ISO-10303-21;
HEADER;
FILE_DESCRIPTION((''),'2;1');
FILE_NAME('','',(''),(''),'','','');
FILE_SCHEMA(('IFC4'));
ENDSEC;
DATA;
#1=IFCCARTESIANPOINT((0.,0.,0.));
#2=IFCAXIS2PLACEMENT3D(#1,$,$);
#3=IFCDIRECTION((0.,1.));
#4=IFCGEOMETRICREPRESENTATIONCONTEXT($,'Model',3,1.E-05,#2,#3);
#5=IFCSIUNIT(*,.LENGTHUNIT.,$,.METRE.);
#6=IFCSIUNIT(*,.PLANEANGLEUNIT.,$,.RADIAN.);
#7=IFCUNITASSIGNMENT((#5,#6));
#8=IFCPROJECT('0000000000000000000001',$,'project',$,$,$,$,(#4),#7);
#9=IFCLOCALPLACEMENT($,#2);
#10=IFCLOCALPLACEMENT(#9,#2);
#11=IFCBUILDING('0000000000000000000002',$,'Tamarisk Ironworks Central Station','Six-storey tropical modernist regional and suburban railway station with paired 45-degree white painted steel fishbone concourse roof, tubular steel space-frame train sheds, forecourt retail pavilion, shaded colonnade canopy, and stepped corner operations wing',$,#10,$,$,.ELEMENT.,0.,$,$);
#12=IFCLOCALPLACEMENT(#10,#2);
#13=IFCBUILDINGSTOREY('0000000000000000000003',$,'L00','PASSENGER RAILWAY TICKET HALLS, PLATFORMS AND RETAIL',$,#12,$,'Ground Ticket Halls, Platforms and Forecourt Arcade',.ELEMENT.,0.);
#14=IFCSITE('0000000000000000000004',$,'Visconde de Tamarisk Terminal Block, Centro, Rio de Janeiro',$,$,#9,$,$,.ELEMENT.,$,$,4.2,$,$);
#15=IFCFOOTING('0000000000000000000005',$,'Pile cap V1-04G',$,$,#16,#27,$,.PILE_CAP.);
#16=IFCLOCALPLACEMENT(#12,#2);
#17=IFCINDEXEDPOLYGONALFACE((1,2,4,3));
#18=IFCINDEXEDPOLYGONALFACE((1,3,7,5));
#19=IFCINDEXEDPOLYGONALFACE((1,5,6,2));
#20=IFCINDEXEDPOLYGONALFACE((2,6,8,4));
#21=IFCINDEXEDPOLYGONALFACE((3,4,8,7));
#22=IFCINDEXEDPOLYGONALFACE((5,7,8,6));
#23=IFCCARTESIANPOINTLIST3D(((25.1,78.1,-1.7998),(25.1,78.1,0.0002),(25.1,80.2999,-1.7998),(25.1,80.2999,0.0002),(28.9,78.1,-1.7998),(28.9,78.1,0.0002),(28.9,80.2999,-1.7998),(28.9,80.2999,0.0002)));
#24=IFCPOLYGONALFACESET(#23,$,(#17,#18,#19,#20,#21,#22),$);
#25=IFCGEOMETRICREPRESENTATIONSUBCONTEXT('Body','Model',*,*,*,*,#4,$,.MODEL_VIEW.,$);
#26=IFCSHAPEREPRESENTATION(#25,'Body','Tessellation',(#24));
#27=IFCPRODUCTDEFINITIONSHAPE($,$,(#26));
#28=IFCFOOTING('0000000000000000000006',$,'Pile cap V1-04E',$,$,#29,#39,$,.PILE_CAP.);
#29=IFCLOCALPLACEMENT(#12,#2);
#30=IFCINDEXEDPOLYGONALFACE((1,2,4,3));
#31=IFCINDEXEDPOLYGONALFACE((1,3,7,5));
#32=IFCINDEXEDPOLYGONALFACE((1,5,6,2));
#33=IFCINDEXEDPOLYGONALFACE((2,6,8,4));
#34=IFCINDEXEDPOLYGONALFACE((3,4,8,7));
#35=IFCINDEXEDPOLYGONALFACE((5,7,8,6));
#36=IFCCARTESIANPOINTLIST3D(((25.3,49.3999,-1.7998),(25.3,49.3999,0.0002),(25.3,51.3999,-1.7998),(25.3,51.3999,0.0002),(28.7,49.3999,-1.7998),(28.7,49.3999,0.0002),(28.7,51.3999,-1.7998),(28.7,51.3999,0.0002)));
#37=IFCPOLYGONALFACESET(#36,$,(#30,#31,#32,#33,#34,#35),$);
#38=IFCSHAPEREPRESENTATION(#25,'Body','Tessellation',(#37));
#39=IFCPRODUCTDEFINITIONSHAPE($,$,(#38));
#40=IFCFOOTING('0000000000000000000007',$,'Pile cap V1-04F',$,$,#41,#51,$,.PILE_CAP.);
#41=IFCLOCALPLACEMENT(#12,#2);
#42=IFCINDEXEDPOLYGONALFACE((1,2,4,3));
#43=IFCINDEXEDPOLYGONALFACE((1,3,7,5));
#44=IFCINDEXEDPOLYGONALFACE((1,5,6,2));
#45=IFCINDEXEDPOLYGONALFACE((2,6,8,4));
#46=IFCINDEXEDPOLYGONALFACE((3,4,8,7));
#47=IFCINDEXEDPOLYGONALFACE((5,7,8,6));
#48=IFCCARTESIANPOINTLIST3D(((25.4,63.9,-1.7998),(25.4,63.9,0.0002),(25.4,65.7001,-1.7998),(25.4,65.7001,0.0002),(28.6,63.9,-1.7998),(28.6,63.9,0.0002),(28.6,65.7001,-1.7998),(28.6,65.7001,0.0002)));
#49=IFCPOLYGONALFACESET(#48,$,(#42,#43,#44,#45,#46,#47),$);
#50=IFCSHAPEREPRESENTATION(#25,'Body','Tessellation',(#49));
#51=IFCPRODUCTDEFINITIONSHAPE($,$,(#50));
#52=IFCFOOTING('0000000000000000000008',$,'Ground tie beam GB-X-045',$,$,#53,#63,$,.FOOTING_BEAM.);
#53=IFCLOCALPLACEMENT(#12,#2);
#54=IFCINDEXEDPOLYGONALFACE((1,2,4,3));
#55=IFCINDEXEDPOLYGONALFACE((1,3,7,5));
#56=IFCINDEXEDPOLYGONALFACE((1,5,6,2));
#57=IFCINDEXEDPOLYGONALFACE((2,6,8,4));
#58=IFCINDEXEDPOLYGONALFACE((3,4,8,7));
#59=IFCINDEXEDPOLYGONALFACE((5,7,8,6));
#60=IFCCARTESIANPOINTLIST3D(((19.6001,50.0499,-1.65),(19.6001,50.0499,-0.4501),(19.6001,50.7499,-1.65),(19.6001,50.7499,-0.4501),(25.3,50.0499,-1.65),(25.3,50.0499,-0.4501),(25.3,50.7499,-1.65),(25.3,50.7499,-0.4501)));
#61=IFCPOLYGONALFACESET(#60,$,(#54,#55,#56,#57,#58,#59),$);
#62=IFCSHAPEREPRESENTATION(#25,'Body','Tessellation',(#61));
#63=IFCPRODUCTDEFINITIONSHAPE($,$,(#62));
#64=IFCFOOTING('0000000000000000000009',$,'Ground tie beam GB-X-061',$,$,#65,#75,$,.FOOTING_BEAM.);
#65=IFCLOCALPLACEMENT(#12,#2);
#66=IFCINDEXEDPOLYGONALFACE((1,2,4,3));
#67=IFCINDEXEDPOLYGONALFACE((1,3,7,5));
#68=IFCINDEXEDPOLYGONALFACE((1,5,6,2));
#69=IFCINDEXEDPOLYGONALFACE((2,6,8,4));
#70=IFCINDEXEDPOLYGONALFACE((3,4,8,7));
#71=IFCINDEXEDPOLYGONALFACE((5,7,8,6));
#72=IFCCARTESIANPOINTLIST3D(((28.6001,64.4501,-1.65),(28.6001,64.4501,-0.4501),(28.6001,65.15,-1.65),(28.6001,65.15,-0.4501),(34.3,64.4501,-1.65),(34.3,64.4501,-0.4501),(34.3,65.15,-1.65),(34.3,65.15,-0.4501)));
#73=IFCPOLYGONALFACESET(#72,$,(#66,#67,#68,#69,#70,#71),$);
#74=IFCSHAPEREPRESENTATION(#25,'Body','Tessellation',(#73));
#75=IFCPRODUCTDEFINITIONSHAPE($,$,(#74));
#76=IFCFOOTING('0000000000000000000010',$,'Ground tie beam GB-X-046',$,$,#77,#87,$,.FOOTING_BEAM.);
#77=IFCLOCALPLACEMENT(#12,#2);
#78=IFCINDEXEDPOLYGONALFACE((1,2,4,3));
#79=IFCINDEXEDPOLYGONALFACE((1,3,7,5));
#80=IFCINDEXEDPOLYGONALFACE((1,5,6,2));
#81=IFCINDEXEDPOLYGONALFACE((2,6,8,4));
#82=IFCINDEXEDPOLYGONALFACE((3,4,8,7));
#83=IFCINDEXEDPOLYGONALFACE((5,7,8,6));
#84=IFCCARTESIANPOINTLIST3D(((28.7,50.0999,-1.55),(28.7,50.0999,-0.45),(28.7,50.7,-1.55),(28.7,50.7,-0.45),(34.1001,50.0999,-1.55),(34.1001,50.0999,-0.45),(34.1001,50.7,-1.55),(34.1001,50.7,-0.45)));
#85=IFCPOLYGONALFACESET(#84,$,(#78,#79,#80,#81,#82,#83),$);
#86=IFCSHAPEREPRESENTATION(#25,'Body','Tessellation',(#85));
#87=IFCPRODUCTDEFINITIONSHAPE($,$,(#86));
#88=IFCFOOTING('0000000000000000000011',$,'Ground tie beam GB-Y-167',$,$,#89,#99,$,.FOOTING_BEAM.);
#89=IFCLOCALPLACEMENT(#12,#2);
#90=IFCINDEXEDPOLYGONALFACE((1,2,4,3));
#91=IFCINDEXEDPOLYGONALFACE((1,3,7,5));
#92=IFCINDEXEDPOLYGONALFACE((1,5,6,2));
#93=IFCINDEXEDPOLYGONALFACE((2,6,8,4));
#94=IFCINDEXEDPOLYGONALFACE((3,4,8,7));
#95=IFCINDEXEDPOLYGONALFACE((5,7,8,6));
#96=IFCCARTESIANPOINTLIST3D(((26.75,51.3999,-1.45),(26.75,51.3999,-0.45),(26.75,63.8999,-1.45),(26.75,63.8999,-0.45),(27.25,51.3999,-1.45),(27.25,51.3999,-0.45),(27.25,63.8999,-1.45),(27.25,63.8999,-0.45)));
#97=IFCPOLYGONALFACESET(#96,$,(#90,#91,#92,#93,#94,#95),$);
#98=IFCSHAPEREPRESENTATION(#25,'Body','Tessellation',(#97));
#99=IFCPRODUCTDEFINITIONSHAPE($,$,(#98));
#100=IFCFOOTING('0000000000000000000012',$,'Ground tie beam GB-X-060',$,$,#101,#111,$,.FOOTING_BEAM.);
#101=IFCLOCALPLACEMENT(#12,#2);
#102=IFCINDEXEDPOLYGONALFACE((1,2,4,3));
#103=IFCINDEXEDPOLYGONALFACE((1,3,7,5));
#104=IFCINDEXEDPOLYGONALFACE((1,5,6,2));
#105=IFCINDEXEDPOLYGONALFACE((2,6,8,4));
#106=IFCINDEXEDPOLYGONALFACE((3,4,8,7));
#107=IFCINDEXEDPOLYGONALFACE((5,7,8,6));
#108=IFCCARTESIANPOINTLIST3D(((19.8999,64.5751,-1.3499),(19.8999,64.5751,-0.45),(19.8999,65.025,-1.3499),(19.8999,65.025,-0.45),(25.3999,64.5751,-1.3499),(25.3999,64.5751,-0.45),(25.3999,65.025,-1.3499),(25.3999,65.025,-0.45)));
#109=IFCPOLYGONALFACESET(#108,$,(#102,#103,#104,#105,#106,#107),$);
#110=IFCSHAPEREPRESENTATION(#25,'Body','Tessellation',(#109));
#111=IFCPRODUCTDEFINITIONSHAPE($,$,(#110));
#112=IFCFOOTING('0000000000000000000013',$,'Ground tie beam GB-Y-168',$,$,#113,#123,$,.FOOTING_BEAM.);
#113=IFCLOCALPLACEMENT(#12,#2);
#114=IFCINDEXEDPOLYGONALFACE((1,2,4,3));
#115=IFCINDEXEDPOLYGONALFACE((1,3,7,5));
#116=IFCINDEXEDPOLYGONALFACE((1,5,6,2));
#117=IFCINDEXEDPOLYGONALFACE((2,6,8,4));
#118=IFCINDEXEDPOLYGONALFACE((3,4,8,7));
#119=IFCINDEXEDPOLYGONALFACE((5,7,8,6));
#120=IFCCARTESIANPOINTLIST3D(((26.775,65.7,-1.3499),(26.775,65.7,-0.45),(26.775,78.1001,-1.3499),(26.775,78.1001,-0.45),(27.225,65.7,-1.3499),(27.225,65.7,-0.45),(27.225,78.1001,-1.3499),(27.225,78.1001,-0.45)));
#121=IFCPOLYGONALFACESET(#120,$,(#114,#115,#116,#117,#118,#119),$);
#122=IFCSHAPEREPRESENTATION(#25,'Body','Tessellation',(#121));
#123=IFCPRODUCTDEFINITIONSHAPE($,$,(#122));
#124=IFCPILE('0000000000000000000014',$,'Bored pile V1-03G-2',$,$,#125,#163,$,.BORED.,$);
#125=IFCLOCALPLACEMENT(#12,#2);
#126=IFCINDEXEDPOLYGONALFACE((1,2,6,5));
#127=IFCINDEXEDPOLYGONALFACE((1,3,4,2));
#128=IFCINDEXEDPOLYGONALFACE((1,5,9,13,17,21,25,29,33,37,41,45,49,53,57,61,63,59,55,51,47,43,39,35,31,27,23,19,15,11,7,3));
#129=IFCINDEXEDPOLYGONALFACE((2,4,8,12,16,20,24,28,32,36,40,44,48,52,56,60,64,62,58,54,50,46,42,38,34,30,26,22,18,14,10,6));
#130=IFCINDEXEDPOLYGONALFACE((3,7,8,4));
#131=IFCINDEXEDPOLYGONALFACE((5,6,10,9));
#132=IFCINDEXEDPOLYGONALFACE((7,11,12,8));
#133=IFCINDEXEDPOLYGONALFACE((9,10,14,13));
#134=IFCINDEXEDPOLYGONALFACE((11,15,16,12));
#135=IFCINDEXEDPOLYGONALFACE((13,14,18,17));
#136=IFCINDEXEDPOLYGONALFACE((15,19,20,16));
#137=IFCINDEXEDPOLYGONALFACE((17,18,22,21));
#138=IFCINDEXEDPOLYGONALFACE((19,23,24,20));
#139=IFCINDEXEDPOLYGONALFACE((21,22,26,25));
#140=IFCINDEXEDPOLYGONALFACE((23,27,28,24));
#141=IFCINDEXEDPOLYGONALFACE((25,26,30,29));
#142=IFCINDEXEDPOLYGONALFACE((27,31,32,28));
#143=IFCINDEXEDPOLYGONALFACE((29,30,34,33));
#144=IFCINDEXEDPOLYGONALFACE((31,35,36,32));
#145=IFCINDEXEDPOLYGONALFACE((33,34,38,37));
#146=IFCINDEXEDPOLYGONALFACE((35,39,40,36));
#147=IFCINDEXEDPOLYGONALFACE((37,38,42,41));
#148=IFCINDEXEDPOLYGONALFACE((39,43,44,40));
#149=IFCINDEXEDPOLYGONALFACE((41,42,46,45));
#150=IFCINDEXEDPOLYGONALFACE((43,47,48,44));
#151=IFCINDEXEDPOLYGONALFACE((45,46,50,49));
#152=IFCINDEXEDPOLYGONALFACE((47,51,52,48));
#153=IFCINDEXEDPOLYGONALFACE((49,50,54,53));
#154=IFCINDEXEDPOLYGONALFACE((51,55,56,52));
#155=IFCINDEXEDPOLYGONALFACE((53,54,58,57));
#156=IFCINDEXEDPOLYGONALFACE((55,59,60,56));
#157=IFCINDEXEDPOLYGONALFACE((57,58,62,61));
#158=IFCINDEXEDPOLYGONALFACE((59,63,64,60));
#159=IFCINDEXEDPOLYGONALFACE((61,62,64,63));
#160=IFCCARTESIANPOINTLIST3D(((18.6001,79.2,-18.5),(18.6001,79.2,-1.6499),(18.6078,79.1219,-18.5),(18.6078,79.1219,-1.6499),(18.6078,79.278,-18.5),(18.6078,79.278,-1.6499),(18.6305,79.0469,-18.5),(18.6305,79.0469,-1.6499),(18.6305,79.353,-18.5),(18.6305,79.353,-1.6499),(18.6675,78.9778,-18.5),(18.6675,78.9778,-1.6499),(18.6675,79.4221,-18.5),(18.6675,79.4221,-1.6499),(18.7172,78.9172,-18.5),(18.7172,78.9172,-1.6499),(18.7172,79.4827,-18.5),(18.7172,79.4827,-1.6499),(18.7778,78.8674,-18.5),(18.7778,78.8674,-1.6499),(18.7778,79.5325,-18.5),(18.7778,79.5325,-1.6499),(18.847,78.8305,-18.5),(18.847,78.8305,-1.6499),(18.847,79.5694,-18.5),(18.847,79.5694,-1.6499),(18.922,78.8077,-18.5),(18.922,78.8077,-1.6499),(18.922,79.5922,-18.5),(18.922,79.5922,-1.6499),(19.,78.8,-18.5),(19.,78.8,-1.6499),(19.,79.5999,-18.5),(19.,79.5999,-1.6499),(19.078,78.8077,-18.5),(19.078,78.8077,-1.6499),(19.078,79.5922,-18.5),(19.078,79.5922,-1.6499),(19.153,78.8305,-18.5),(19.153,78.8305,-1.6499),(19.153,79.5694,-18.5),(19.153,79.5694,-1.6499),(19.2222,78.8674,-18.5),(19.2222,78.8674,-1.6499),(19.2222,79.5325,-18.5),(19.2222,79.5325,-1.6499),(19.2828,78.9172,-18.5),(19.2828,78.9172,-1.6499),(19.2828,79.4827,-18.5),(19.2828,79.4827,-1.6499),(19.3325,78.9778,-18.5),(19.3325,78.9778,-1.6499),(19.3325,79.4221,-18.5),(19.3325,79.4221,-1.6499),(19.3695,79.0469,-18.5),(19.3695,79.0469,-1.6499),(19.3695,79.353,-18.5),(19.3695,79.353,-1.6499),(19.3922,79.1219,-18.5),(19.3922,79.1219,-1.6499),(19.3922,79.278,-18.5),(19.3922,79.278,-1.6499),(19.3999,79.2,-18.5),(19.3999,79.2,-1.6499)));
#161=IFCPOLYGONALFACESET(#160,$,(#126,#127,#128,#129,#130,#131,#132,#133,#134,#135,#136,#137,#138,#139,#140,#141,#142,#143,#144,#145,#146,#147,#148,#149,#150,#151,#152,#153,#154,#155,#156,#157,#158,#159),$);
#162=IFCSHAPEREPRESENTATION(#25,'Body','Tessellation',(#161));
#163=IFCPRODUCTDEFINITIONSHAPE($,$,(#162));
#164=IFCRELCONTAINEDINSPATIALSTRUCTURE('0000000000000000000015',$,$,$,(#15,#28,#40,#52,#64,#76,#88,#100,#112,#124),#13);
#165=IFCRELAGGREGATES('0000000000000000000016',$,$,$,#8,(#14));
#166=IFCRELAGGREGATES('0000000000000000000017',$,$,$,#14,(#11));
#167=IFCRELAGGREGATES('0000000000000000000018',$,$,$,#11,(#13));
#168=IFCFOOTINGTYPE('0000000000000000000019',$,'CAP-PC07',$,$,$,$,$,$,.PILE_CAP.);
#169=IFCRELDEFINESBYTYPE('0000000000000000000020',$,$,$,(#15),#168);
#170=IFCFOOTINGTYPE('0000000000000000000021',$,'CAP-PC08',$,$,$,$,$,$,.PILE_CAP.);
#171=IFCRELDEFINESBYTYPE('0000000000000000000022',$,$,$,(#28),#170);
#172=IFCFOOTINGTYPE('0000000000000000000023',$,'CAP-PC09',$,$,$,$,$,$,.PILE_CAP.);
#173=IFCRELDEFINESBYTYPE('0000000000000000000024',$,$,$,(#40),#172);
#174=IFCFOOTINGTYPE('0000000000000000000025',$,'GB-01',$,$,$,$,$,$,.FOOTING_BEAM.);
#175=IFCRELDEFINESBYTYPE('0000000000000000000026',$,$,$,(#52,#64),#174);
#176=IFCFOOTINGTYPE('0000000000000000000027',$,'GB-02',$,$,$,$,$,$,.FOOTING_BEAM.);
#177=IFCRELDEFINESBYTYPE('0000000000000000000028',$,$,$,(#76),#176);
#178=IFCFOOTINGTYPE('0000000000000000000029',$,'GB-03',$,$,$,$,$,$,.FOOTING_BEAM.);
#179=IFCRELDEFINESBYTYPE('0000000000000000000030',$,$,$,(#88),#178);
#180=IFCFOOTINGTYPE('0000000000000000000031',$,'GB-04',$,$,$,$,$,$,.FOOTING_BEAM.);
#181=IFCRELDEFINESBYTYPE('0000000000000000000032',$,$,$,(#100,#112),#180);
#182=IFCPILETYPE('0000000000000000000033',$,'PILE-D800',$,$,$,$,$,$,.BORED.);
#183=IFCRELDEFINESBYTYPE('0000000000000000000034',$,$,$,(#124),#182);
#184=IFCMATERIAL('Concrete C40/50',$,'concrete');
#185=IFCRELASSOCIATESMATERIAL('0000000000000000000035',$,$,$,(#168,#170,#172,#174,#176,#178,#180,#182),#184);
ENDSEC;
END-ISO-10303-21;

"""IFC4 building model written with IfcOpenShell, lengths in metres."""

from ifc_helpers import new_model, si_unit, direction, frame, origin, origin_2d, place, context, subcontext, project, spatial, rectangle, circle, extrude, material, material_profile, profile_set, type_object, element, save


model = new_model("IFC4")

# Units and contexts
model_context = context("Model", 3, precision=1e-05, world=origin(), true_north=direction((0.0, 1.0)))
body_context = subcontext(model_context, "Body", "Model", "MODEL_VIEW")
ifc_project = project(units=[si_unit("LENGTHUNIT", "METRE"), si_unit("PLANEANGLEUNIT", "RADIAN")], contexts=[model_context])

# Site, building, storey
site_placement = place(None, origin())
site = spatial("IfcSite", under=ifc_project, at=site_placement, Name="Visconde de Tamarisk Terminal Block, Centro, Rio de Janeiro", CompositionType="ELEMENT", RefElevation=4.2)
building_placement = place(site_placement, origin())
building = spatial("IfcBuilding", under=site, at=building_placement, Name="Tamarisk Ironworks Central Station", Description="Six-storey tropical modernist regional and suburban railway station with paired 45-degree white painted steel fishbone concourse roof, tubular steel space-frame train sheds, forecourt retail pavilion, shaded colonnade canopy, and stepped corner operations wing", CompositionType="ELEMENT", ElevationOfRefHeight=0.0)
storey_placement = place(building_placement, origin())
storey = spatial("IfcBuildingStorey", under=building, at=storey_placement, Name="L00", Description="PASSENGER RAILWAY TICKET HALLS, PLATFORMS AND RETAIL", LongName="Ground Ticket Halls, Platforms and Forecourt Arcade", CompositionType="ELEMENT", Elevation=0.0)

# Footings
ifc_material_1 = material(Name="Concrete C40/50", Category="concrete")
footing_type_1 = type_object("IfcFootingType", Name="CAP-PC07", PredefinedType="PILE_CAP", material=ifc_material_1)
footing_1_placement = place(storey_placement, frame((27.0, 79.2, -1.7998), z_axis=(0.0, 0.0, 1.0), x_axis=(1.0, 0.0, 0.0)))
element("IfcFooting", 1, at=footing_1_placement, inside=storey, type_object=footing_type_1, Name="Pile cap V1-04G", PredefinedType="PILE_CAP", context=body_context, shape_type="SweptSolid", body=[
    extrude(rectangle(XDim=3.8, YDim=2.2, at=origin_2d()), origin(), (0.0, 0.0, 1.0), 1.8),
])
footing_type_2 = type_object("IfcFootingType", Name="CAP-PC08", PredefinedType="PILE_CAP", material=ifc_material_1)
footing_2_placement = place(storey_placement, frame((27.0, 50.3999, -1.7998), z_axis=(0.0, 0.0, 1.0), x_axis=(1.0, 0.0, 0.0)))
element("IfcFooting", 2, at=footing_2_placement, inside=storey, type_object=footing_type_2, Name="Pile cap V1-04E", PredefinedType="PILE_CAP", context=body_context, shape_type="SweptSolid", body=[
    extrude(rectangle(XDim=3.3999, YDim=2.0, at=origin_2d()), origin(), (0.0, 0.0, 1.0), 1.8),
])
footing_type_3 = type_object("IfcFootingType", Name="CAP-PC09", PredefinedType="PILE_CAP", material=ifc_material_1)
footing_3_placement = place(storey_placement, frame((27.0, 64.8, -1.7998), z_axis=(0.0, 0.0, 1.0), x_axis=(1.0, 0.0, 0.0)))
element("IfcFooting", 3, at=footing_3_placement, inside=storey, type_object=footing_type_3, Name="Pile cap V1-04F", PredefinedType="PILE_CAP", context=body_context, shape_type="SweptSolid", body=[
    extrude(rectangle(XDim=3.2, YDim=1.8, at=origin_2d()), origin(), (0.0, 0.0, 1.0), 1.8),
])
ifc_material_profile_1 = material_profile(ifc_material_1, rectangle(XDim=0.7, YDim=1.2, at=origin_2d()), Name="GB01 700x1200")
ifc_profile_set_1 = profile_set([ifc_material_profile_1], Name="Concrete C40/50")
footing_type_4 = type_object("IfcFootingType", Name="GB-01", PredefinedType="FOOTING_BEAM", material=ifc_profile_set_1)
for number, where, z_axis, x_axis, name in (
    (4, (19.6001, 50.3999, -1.05), (1.0, 0.0, 0.0), (0.0, 1.0, 0.0), "Ground tie beam GB-X-045"),
    (5, (28.6001, 64.8, -1.05), (1.0, 0.0, 0.0), (0.0, 1.0, 0.0), "Ground tie beam GB-X-061"),
):
    element("IfcFooting", number, at=place(storey_placement, frame(where, z_axis=z_axis, x_axis=x_axis)), inside=storey, type_object=footing_type_4, Name=name, PredefinedType="FOOTING_BEAM", context=body_context, shape_type="SweptSolid", body=[
        extrude(rectangle(XDim=0.7, YDim=1.2, at=origin_2d()), origin(), (0.0, 0.0, 1.0), 5.7),
    ])
ifc_material_profile_2 = material_profile(ifc_material_1, rectangle(XDim=0.6001, YDim=1.1001, at=origin_2d()), Name="GB02 600x1100")
ifc_profile_set_2 = profile_set([ifc_material_profile_2], Name="Concrete C40/50")
footing_type_5 = type_object("IfcFootingType", Name="GB-02", PredefinedType="FOOTING_BEAM", material=ifc_profile_set_2)
footing_4_placement = place(storey_placement, frame((28.7, 50.3999, -1.0), z_axis=(1.0, 0.0, 0.0), x_axis=(0.0, 1.0, 0.0)))
element("IfcFooting", 6, at=footing_4_placement, inside=storey, type_object=footing_type_5, Name="Ground tie beam GB-X-046", PredefinedType="FOOTING_BEAM", context=body_context, shape_type="SweptSolid", body=[
    extrude(rectangle(XDim=0.6001, YDim=1.1001, at=origin_2d()), origin(), (0.0, 0.0, 1.0), 5.4001),
])
ifc_material_profile_3 = material_profile(ifc_material_1, rectangle(XDim=0.5, YDim=1.0, at=origin_2d()), Name="GB03 500x1000")
ifc_profile_set_3 = profile_set([ifc_material_profile_3], Name="Concrete C40/50")
footing_type_6 = type_object("IfcFootingType", Name="GB-03", PredefinedType="FOOTING_BEAM", material=ifc_profile_set_3)
footing_5_placement = place(storey_placement, frame((27.0, 51.3999, -0.95), z_axis=(0.0, 1.0, 0.0), x_axis=(-1.0, 0.0, 0.0)))
element("IfcFooting", 7, at=footing_5_placement, inside=storey, type_object=footing_type_6, Name="Ground tie beam GB-Y-167", PredefinedType="FOOTING_BEAM", context=body_context, shape_type="SweptSolid", body=[
    extrude(rectangle(XDim=0.5, YDim=1.0, at=origin_2d()), origin(), (0.0, 0.0, 1.0), 12.5),
])
ifc_material_profile_4 = material_profile(ifc_material_1, rectangle(XDim=0.45, YDim=0.8999, at=origin_2d()), Name="GB04 450x900")
ifc_profile_set_4 = profile_set([ifc_material_profile_4], Name="Concrete C40/50")
footing_type_7 = type_object("IfcFootingType", Name="GB-04", PredefinedType="FOOTING_BEAM", material=ifc_profile_set_4)
footing_6_placement = place(storey_placement, frame((19.8999, 64.8, -0.8999), z_axis=(1.0, 0.0, 0.0), x_axis=(0.0, 1.0, 0.0)))
element("IfcFooting", 8, at=footing_6_placement, inside=storey, type_object=footing_type_7, Name="Ground tie beam GB-X-060", PredefinedType="FOOTING_BEAM", context=body_context, shape_type="SweptSolid", body=[
    extrude(rectangle(XDim=0.45, YDim=0.8999, at=origin_2d()), origin(), (0.0, 0.0, 1.0), 5.5),
])
footing_7_placement = place(storey_placement, frame((27.0, 65.7, -0.8999), z_axis=(0.0, 1.0, 0.0), x_axis=(-1.0, 0.0, 0.0)))
element("IfcFooting", 9, at=footing_7_placement, inside=storey, type_object=footing_type_7, Name="Ground tie beam GB-Y-168", PredefinedType="FOOTING_BEAM", context=body_context, shape_type="SweptSolid", body=[
    extrude(rectangle(XDim=0.45, YDim=0.8999, at=origin_2d()), origin(), (0.0, 0.0, 1.0), 12.4001),
])

# Pile
ifc_material_profile_5 = material_profile(ifc_material_1, circle(Radius=0.3999, at=origin_2d()), Name="BORED PILE D800")
ifc_profile_set_5 = profile_set([ifc_material_profile_5], Name="Concrete C40/50")
pile_type_1 = type_object("IfcPileType", Name="PILE-D800", PredefinedType="BORED", material=ifc_profile_set_5)
for number, where, z_axis, x_axis, name in (
    (10, (19.0, 79.2, -1.6499), (0.0, 0.0, -1.0), (1.0, 0.0, 0.0), "Bored pile V1-03G-2"),
):
    element("IfcPile", number, at=place(storey_placement, frame(where, z_axis=z_axis, x_axis=x_axis)), inside=storey, type_object=pile_type_1, Name=name, PredefinedType="BORED", context=body_context, shape_type="SweptSolid", body=[
        extrude(circle(Radius=0.3999, at=origin_2d()), origin(), (0.0, 0.0, 1.0), 16.8501),
    ])

save(model, "model.ifc")
